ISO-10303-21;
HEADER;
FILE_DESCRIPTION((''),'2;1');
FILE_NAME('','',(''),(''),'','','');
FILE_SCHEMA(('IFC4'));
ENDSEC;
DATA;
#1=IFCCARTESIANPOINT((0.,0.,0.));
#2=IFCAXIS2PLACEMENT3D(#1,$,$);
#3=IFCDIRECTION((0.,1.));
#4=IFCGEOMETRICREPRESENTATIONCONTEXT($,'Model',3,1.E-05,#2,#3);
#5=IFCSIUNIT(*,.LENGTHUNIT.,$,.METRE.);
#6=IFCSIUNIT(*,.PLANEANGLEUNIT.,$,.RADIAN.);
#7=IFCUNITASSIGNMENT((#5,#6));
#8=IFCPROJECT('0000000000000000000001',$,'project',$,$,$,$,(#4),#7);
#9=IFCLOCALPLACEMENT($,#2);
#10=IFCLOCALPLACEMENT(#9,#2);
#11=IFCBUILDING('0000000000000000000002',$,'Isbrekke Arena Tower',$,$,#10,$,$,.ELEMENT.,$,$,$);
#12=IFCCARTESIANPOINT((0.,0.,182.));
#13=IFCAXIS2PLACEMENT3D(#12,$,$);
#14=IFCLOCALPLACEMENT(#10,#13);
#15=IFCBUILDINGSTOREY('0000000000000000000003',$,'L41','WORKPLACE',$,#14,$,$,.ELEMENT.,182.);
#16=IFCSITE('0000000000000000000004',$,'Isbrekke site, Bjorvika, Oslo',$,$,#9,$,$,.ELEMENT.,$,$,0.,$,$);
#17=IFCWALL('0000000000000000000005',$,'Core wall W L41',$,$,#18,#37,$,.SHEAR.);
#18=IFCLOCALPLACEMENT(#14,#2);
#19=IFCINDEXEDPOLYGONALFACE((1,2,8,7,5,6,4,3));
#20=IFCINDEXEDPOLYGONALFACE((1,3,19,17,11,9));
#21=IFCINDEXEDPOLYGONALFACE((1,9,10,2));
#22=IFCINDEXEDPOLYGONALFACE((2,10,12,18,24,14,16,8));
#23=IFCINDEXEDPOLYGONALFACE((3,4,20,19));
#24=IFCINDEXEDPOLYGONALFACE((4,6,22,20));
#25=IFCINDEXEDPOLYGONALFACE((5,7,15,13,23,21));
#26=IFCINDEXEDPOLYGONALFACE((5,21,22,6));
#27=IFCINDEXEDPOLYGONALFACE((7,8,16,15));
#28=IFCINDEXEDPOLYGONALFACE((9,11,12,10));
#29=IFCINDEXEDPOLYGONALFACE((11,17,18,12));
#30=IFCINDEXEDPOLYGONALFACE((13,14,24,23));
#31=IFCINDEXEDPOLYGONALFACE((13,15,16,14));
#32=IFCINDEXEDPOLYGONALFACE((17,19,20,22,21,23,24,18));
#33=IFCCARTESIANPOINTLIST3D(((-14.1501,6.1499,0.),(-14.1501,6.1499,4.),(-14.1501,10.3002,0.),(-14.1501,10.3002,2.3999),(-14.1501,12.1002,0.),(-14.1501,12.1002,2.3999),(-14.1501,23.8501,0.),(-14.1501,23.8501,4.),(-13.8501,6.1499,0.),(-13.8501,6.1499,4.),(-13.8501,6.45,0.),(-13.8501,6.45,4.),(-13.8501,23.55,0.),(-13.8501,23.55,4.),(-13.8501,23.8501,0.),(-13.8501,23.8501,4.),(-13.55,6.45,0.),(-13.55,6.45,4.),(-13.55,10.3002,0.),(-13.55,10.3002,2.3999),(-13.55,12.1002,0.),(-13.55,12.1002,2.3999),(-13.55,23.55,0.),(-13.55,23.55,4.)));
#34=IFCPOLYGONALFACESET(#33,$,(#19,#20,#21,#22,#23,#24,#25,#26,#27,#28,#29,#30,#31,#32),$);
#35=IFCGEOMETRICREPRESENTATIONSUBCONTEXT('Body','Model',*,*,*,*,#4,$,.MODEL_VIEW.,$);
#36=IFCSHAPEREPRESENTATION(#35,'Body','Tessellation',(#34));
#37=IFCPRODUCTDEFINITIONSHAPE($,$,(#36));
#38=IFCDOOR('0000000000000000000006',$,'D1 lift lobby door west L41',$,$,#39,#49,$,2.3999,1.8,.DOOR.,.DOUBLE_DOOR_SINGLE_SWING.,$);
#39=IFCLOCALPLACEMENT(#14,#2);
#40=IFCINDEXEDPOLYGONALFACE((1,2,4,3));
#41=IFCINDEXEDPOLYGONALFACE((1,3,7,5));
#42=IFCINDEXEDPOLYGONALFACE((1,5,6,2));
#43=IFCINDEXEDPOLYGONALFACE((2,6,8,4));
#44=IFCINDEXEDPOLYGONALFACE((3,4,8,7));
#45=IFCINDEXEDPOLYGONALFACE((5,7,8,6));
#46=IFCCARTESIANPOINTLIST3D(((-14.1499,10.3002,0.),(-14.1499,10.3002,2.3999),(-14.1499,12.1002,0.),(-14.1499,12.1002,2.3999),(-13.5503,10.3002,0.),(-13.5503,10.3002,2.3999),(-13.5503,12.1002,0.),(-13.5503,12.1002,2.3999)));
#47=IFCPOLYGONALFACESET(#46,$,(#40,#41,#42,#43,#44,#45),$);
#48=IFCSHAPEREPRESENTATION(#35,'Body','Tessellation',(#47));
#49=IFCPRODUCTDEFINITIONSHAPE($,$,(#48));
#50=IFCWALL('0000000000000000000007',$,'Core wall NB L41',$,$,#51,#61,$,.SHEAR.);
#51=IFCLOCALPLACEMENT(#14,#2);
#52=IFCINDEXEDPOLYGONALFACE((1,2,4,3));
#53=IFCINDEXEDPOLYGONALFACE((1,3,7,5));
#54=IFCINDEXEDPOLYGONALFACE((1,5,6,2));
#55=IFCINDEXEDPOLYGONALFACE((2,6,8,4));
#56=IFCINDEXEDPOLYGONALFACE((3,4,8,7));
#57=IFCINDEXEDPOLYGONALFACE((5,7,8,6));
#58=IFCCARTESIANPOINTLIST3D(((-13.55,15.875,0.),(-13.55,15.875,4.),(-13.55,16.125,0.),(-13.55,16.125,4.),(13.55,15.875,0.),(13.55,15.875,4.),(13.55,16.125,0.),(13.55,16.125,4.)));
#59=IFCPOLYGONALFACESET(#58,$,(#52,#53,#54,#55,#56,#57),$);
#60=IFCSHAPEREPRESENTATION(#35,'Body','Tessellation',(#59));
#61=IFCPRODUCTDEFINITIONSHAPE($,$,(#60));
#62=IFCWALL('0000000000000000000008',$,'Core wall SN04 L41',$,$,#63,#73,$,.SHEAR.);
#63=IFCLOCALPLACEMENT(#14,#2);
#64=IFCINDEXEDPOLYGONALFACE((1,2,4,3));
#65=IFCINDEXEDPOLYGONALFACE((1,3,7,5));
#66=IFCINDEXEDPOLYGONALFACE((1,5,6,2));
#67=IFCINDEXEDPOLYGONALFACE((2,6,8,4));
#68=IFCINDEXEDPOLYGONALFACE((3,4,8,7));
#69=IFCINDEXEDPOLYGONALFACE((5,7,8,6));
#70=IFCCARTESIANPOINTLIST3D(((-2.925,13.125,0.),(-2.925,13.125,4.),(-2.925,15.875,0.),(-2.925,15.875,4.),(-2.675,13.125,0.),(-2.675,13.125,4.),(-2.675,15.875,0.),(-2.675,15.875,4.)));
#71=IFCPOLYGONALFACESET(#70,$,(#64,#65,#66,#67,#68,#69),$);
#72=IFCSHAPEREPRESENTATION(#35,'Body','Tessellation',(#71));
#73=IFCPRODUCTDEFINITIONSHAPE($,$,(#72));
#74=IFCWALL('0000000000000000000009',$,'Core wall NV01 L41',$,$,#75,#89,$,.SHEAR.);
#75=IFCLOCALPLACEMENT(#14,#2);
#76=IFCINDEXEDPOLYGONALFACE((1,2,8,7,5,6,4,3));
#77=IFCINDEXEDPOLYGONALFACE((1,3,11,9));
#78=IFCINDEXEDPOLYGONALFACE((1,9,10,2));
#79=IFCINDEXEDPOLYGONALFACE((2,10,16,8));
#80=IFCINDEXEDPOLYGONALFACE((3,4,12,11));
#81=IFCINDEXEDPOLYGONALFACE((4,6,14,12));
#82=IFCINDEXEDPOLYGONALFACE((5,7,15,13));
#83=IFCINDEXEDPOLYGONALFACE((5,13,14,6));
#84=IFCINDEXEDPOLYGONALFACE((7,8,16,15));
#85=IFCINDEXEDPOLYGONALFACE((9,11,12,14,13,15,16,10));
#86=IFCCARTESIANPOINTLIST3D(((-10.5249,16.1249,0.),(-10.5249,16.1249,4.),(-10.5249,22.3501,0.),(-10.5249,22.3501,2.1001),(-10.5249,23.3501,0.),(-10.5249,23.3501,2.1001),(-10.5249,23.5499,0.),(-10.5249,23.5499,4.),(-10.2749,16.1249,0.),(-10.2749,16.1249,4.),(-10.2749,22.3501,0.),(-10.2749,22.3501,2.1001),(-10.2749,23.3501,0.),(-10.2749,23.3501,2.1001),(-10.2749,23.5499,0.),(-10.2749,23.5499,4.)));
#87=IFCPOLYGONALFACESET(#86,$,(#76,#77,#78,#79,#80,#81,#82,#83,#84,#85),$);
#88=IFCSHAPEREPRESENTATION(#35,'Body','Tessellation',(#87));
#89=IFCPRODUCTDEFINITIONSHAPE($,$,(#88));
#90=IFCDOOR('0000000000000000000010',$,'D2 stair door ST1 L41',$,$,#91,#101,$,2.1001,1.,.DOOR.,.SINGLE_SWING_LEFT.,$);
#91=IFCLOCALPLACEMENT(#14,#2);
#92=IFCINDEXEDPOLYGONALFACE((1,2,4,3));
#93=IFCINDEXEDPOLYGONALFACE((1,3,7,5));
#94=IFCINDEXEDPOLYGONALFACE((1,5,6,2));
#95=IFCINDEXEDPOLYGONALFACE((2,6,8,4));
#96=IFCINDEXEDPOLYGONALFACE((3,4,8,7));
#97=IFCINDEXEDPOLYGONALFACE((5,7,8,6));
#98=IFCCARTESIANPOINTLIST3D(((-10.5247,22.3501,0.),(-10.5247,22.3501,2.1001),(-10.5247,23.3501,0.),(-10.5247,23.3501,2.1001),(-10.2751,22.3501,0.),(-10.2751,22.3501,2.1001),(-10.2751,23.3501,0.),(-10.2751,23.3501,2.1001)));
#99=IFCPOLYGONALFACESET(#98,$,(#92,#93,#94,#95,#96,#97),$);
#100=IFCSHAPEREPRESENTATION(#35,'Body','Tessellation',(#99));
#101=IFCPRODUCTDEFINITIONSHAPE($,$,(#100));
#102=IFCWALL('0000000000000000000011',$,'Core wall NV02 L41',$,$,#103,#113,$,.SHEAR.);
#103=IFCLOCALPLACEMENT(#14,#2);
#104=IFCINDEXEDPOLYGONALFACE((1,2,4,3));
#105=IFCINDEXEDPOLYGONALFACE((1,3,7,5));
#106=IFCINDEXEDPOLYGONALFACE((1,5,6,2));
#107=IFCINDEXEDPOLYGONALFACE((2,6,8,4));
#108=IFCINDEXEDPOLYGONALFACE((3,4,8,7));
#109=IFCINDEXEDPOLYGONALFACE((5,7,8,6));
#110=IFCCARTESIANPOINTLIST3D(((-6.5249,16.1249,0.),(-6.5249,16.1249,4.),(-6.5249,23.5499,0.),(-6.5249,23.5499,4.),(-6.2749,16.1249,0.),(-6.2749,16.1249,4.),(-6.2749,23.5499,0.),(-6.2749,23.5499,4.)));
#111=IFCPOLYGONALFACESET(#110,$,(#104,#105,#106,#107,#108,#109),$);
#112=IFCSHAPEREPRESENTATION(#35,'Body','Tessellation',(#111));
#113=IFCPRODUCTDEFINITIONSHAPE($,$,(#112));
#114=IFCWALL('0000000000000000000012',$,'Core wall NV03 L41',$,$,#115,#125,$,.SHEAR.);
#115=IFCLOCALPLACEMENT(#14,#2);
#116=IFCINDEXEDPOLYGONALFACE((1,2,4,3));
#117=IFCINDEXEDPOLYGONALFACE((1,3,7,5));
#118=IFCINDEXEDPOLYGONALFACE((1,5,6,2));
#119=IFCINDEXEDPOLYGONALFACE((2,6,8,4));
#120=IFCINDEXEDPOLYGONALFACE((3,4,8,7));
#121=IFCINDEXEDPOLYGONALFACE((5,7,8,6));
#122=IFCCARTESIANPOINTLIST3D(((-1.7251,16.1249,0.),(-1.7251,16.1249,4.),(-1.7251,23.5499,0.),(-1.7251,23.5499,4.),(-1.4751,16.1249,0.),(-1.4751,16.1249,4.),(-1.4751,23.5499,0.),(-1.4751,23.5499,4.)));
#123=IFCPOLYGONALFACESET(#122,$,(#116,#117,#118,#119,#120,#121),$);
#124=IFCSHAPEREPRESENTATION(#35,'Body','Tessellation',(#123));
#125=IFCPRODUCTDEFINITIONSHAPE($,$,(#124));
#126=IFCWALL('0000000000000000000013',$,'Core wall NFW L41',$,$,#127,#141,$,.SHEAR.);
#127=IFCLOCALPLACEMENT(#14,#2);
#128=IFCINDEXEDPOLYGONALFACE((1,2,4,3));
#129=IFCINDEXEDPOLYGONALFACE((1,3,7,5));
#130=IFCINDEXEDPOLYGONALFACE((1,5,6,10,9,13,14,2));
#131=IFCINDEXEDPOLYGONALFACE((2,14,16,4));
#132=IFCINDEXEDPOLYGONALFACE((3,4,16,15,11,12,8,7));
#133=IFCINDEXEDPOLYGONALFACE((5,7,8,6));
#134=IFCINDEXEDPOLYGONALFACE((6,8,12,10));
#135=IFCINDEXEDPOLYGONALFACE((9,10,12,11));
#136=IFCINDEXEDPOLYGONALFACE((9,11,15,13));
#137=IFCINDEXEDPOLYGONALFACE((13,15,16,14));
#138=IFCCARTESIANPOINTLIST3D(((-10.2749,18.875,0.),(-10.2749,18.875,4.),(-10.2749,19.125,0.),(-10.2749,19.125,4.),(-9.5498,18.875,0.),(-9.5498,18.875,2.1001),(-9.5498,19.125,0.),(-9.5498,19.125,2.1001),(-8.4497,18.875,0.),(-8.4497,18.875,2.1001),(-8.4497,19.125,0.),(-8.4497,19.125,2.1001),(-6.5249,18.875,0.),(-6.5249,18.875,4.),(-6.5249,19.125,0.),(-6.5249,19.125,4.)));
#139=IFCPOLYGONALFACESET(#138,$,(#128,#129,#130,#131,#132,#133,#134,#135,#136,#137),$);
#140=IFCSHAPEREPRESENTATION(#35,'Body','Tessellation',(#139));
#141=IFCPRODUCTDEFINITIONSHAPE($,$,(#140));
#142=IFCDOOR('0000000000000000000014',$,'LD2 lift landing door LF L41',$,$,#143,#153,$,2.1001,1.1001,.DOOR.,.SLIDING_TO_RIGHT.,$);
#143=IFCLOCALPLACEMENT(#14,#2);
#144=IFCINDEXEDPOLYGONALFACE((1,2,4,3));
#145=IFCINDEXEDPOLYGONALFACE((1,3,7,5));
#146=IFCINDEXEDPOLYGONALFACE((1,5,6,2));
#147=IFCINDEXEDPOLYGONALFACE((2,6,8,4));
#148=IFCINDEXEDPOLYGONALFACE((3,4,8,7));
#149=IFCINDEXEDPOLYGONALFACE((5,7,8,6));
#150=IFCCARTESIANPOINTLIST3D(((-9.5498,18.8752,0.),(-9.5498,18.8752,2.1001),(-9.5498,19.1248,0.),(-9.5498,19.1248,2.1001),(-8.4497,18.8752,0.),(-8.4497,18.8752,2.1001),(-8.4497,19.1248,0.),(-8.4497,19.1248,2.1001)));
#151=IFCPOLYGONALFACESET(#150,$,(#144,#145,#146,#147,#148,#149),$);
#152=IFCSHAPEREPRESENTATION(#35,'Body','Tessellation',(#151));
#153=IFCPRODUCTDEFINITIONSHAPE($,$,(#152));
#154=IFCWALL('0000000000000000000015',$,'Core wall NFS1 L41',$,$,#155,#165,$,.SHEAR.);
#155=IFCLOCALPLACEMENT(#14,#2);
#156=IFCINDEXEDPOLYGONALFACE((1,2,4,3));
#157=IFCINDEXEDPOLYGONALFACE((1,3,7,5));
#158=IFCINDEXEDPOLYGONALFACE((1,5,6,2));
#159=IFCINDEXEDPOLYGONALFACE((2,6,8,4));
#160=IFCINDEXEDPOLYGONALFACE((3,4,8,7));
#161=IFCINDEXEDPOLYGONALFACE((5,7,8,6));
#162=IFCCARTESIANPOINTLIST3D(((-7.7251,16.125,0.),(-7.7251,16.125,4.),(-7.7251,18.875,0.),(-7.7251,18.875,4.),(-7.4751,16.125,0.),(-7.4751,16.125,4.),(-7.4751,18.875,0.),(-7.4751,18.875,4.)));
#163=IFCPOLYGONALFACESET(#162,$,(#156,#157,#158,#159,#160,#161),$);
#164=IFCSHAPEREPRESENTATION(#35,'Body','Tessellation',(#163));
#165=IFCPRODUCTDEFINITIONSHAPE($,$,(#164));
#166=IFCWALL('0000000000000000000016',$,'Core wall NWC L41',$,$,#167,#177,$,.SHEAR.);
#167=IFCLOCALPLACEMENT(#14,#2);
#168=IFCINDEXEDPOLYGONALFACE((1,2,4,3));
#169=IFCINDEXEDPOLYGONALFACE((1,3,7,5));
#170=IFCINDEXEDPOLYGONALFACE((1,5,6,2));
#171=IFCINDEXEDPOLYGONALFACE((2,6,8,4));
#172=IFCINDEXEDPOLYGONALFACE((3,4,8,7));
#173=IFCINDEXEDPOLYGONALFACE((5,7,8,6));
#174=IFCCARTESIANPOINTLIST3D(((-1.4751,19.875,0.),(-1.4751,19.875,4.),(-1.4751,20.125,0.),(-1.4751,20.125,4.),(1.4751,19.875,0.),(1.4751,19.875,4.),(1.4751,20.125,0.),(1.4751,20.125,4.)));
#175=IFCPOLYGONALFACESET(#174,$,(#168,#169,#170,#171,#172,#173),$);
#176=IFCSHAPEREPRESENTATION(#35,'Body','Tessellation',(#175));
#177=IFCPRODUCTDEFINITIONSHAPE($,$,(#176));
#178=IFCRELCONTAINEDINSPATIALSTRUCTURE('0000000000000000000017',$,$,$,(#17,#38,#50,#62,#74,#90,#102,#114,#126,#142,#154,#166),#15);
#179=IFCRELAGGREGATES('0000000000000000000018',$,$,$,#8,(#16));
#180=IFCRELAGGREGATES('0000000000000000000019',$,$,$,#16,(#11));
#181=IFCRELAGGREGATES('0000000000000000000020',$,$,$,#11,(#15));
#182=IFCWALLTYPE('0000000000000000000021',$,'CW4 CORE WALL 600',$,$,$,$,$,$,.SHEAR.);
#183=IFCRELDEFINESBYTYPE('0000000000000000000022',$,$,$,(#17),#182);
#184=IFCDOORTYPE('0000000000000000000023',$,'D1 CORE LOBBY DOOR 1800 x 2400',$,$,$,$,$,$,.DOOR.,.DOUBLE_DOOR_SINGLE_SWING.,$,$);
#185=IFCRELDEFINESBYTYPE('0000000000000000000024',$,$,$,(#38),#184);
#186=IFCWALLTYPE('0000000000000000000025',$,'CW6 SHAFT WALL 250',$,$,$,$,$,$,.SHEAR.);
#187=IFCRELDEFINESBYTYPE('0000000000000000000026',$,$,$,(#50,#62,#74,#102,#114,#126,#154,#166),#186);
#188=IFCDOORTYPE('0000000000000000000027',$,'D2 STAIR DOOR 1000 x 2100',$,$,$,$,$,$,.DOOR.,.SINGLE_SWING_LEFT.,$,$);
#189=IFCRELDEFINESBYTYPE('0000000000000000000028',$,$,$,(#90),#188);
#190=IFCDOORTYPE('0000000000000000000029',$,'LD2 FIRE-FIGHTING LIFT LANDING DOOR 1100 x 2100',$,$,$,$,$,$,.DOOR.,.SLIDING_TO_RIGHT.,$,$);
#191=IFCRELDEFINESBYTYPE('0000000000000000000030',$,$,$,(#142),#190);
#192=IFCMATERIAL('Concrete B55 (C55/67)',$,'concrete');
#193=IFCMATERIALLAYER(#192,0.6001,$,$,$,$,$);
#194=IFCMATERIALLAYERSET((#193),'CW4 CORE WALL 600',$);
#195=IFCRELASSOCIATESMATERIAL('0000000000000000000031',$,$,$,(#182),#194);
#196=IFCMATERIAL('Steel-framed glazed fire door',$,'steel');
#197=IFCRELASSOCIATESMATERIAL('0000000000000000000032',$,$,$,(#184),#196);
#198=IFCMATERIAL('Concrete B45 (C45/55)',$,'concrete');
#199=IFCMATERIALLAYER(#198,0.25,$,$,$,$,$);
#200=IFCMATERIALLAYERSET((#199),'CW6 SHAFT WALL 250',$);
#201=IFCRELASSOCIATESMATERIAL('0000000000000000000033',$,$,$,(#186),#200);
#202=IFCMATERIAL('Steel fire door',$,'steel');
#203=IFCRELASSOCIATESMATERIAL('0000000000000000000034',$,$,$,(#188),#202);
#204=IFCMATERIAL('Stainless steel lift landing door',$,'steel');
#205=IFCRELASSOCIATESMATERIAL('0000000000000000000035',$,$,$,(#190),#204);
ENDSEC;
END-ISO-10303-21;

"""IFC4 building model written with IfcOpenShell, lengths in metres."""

from ifc_helpers import new_model, si_unit, direction, frame, frame_2d, origin, place, context, subcontext, project, spatial, polyline, rectangle, outline, extrude, material, layer, layer_set, type_object, element, fill, save


model = new_model("IFC4")

# Units and contexts
model_context = context("Model", 3, precision=1e-05, world=origin(), true_north=direction((0.0, 1.0)))
body_context = subcontext(model_context, "Body", "Model", "MODEL_VIEW")
ifc_project = project(units=[si_unit("LENGTHUNIT", "METRE"), si_unit("PLANEANGLEUNIT", "RADIAN")], contexts=[model_context])

# Site, building, storey
site_placement = place(None, origin())
site = spatial("IfcSite", under=ifc_project, at=site_placement, Name="Isbrekke site, Bjorvika, Oslo", CompositionType="ELEMENT", RefElevation=0.0)
building_placement = place(site_placement, origin())
building = spatial("IfcBuilding", under=site, at=building_placement, Name="Isbrekke Arena Tower", CompositionType="ELEMENT")
storey_placement = place(building_placement, frame((0.0, 0.0, 182.0)))
storey = spatial("IfcBuildingStorey", under=building, at=storey_placement, Name="L41", Description="WORKPLACE", CompositionType="ELEMENT", Elevation=182.0)

# Wall, opening, door
ifc_material_1 = material(Name="Concrete B55 (C55/67)", Category="concrete")
ifc_layer_1 = layer(ifc_material_1, 0.6001)
ifc_layer_set_1 = layer_set([ifc_layer_1], Name="CW4 CORE WALL 600")
wall_type_1 = type_object("IfcWallType", Name="CW4 CORE WALL 600", PredefinedType="SHEAR", material=ifc_layer_set_1)
wall_1_placement = place(storey_placement, frame((-13.8501, 23.8501, 0.0), z_axis=(0.0, 0.0, 1.0), x_axis=(0.0, -1.0, 0.0)))
wall_1 = element("IfcWall", 1, at=wall_1_placement, inside=storey, type_object=wall_type_1, Name="Core wall W L41", PredefinedType="SHEAR", context=body_context, shape_type="SweptSolid", body=[
    extrude(outline(polyline([(0.0, -0.3), (17.7002, -0.3), (17.7002, 0.0), (17.4001, 0.0), (17.4001, 0.3), (0.3, 0.3), (0.3, 0.0), (0.0, 0.0), (0.0, -0.3)])), origin(), (0.0, 0.0, 1.0), 4.0),
])
opening_1_placement = place(wall_1_placement, frame((11.75, 0.0, 0.0)))
opening_1 = element("IfcOpeningElement", 2, at=opening_1_placement, cuts=wall_1, PredefinedType="OPENING", context=body_context, shape_type="SweptSolid", body=[
    extrude(rectangle(XDim=1.8, YDim=2.3999, at=frame_2d((0.8999, 1.2))), frame((0.0, 0.3149, 0.0), z_axis=(0.0, -1.0, 0.0), x_axis=(1.0, 0.0, 0.0)), (0.0, 0.0, 1.0), 0.6299),
])
ifc_material_2 = material(Name="Steel-framed glazed fire door", Category="steel")
door_type_1 = type_object("IfcDoorType", Name="D1 CORE LOBBY DOOR 1800 x 2400", OperationType="DOUBLE_DOOR_SINGLE_SWING", PredefinedType="DOOR", material=ifc_material_2)
door_1_placement = place(opening_1_placement, origin())
door_1 = element("IfcDoor", 3, at=door_1_placement, inside=storey, type_object=door_type_1, Name="D1 lift lobby door west L41", OperationType="DOUBLE_DOOR_SINGLE_SWING", OverallHeight=2.3999, OverallWidth=1.8, PredefinedType="DOOR", context=body_context, shape_type="SweptSolid", body=[
    extrude(rectangle(XDim=1.8, YDim=2.3999, at=frame_2d((0.8999, 1.2))), frame((0.0, 0.2998, 0.0), z_axis=(0.0, -1.0, 0.0), x_axis=(1.0, 0.0, 0.0)), (0.0, 0.0, 1.0), 0.5996),
])
fill(opening_1, door_1)

# Walls
ifc_material_3 = material(Name="Concrete B45 (C45/55)", Category="concrete")
ifc_layer_2 = layer(ifc_material_3, 0.25)
ifc_layer_set_2 = layer_set([ifc_layer_2], Name="CW6 SHAFT WALL 250")
wall_type_2 = type_object("IfcWallType", Name="CW6 SHAFT WALL 250", PredefinedType="SHEAR", material=ifc_layer_set_2)
wall_2_placement = place(storey_placement, frame((-13.55, 16.0, 0.0), z_axis=(0.0, 0.0, 1.0), x_axis=(1.0, 0.0, 0.0)))
element("IfcWall", 4, at=wall_2_placement, inside=storey, type_object=wall_type_2, Name="Core wall NB L41", PredefinedType="SHEAR", context=body_context, shape_type="SweptSolid", body=[
    extrude(rectangle(XDim=27.1001, YDim=0.25, at=frame_2d((13.55, 0.0))), origin(), (0.0, 0.0, 1.0), 4.0),
])
wall_3_placement = place(storey_placement, frame((-2.8, 13.125, 0.0), z_axis=(0.0, 0.0, 1.0), x_axis=(0.0, 1.0, 0.0)))
element("IfcWall", 5, at=wall_3_placement, inside=storey, type_object=wall_type_2, Name="Core wall SN04 L41", PredefinedType="SHEAR", context=body_context, shape_type="SweptSolid", body=[
    extrude(rectangle(XDim=2.75, YDim=0.25, at=frame_2d((1.375, 0.0))), origin(), (0.0, 0.0, 1.0), 4.0),
])

# Wall, opening, door
wall_4_placement = place(storey_placement, frame((-10.3999, 16.125, 0.0), z_axis=(0.0, 0.0, 1.0), x_axis=(0.0, 1.0, 0.0)))
wall_4 = element("IfcWall", 6, at=wall_4_placement, inside=storey, type_object=wall_type_2, Name="Core wall NV01 L41", PredefinedType="SHEAR", context=body_context, shape_type="SweptSolid", body=[
    extrude(rectangle(XDim=7.425, YDim=0.25, at=frame_2d((3.7124, 0.0))), origin(), (0.0, 0.0, 1.0), 4.0),
])
opening_2_placement = place(wall_4_placement, frame((6.2251, 0.0, 0.0)))
opening_2 = element("IfcOpeningElement", 7, at=opening_2_placement, cuts=wall_4, PredefinedType="OPENING", context=body_context, shape_type="SweptSolid", body=[
    extrude(rectangle(XDim=1.0, YDim=2.1001, at=frame_2d((0.5, 1.05))), frame((0.0, 0.1399, 0.0), z_axis=(0.0, -1.0, 0.0), x_axis=(1.0, 0.0, 0.0)), (0.0, 0.0, 1.0), 0.2798),
])
ifc_material_4 = material(Name="Steel fire door", Category="steel")
door_type_2 = type_object("IfcDoorType", Name="D2 STAIR DOOR 1000 x 2100", OperationType="SINGLE_SWING_LEFT", PredefinedType="DOOR", material=ifc_material_4)
door_2_placement = place(opening_2_placement, origin())
door_2 = element("IfcDoor", 8, at=door_2_placement, inside=storey, type_object=door_type_2, Name="D2 stair door ST1 L41", OperationType="SINGLE_SWING_LEFT", OverallHeight=2.1001, OverallWidth=1.0, PredefinedType="DOOR", context=body_context, shape_type="SweptSolid", body=[
    extrude(rectangle(XDim=1.0, YDim=2.1001, at=frame_2d((0.5, 1.05))), frame((0.0, 0.1248, 0.0), z_axis=(0.0, -1.0, 0.0), x_axis=(1.0, 0.0, 0.0)), (0.0, 0.0, 1.0), 0.2495),
])
fill(opening_2, door_2)

# Walls
for number, where, z_axis, x_axis, name in (
    (9, (-6.3999, 16.125, 0.0), (0.0, 0.0, 1.0), (0.0, 1.0, 0.0), "Core wall NV02 L41"),
    (10, (-1.6001, 16.125, 0.0), (0.0, 0.0, 1.0), (0.0, 1.0, 0.0), "Core wall NV03 L41"),
):
    element("IfcWall", number, at=place(storey_placement, frame(where, z_axis=z_axis, x_axis=x_axis)), inside=storey, type_object=wall_type_2, Name=name, PredefinedType="SHEAR", context=body_context, shape_type="SweptSolid", body=[
        extrude(rectangle(XDim=7.425, YDim=0.25, at=frame_2d((3.7124, 0.0))), origin(), (0.0, 0.0, 1.0), 4.0),
    ])

# Wall, opening, door
wall_5_placement = place(storey_placement, frame((-10.2749, 19.0, 0.0), z_axis=(0.0, 0.0, 1.0), x_axis=(1.0, 0.0, 0.0)))
wall_5 = element("IfcWall", 11, at=wall_5_placement, inside=storey, type_object=wall_type_2, Name="Core wall NFW L41", PredefinedType="SHEAR", context=body_context, shape_type="SweptSolid", body=[
    extrude(rectangle(XDim=3.75, YDim=0.25, at=frame_2d((1.875, 0.0))), origin(), (0.0, 0.0, 1.0), 4.0),
])
opening_3_placement = place(wall_5_placement, frame((0.7251, 0.0, 0.0)))
opening_3 = element("IfcOpeningElement", 12, at=opening_3_placement, cuts=wall_5, PredefinedType="OPENING", context=body_context, shape_type="SweptSolid", body=[
    extrude(rectangle(XDim=1.1001, YDim=2.1001, at=frame_2d((0.55, 1.05))), frame((0.0, 0.1399, 0.0), z_axis=(0.0, -1.0, 0.0), x_axis=(1.0, 0.0, 0.0)), (0.0, 0.0, 1.0), 0.2798),
])
ifc_material_5 = material(Name="Stainless steel lift landing door", Category="steel")
door_type_3 = type_object("IfcDoorType", Name="LD2 FIRE-FIGHTING LIFT LANDING DOOR 1100 x 2100", OperationType="SLIDING_TO_RIGHT", PredefinedType="DOOR", material=ifc_material_5)
door_3_placement = place(opening_3_placement, origin())
door_3 = element("IfcDoor", 13, at=door_3_placement, inside=storey, type_object=door_type_3, Name="LD2 lift landing door LF L41", OperationType="SLIDING_TO_RIGHT", OverallHeight=2.1001, OverallWidth=1.1001, PredefinedType="DOOR", context=body_context, shape_type="SweptSolid", body=[
    extrude(rectangle(XDim=1.1001, YDim=2.1001, at=frame_2d((0.55, 1.05))), frame((0.0, 0.1248, 0.0), z_axis=(0.0, -1.0, 0.0), x_axis=(1.0, 0.0, 0.0)), (0.0, 0.0, 1.0), 0.2495),
])
fill(opening_3, door_3)

# Walls
wall_6_placement = place(storey_placement, frame((-7.6001, 16.125, 0.0), z_axis=(0.0, 0.0, 1.0), x_axis=(0.0, 1.0, 0.0)))
element("IfcWall", 14, at=wall_6_placement, inside=storey, type_object=wall_type_2, Name="Core wall NFS1 L41", PredefinedType="SHEAR", context=body_context, shape_type="SweptSolid", body=[
    extrude(rectangle(XDim=2.75, YDim=0.25, at=frame_2d((1.375, 0.0))), origin(), (0.0, 0.0, 1.0), 4.0),
])
wall_7_placement = place(storey_placement, frame((-1.4751, 20.0, 0.0), z_axis=(0.0, 0.0, 1.0), x_axis=(1.0, 0.0, 0.0)))
element("IfcWall", 15, at=wall_7_placement, inside=storey, type_object=wall_type_2, Name="Core wall NWC L41", PredefinedType="SHEAR", context=body_context, shape_type="SweptSolid", body=[
    extrude(rectangle(XDim=2.9502, YDim=0.25, at=frame_2d((1.4751, 0.0))), origin(), (0.0, 0.0, 1.0), 4.0),
])

save(model, "model.ifc")
